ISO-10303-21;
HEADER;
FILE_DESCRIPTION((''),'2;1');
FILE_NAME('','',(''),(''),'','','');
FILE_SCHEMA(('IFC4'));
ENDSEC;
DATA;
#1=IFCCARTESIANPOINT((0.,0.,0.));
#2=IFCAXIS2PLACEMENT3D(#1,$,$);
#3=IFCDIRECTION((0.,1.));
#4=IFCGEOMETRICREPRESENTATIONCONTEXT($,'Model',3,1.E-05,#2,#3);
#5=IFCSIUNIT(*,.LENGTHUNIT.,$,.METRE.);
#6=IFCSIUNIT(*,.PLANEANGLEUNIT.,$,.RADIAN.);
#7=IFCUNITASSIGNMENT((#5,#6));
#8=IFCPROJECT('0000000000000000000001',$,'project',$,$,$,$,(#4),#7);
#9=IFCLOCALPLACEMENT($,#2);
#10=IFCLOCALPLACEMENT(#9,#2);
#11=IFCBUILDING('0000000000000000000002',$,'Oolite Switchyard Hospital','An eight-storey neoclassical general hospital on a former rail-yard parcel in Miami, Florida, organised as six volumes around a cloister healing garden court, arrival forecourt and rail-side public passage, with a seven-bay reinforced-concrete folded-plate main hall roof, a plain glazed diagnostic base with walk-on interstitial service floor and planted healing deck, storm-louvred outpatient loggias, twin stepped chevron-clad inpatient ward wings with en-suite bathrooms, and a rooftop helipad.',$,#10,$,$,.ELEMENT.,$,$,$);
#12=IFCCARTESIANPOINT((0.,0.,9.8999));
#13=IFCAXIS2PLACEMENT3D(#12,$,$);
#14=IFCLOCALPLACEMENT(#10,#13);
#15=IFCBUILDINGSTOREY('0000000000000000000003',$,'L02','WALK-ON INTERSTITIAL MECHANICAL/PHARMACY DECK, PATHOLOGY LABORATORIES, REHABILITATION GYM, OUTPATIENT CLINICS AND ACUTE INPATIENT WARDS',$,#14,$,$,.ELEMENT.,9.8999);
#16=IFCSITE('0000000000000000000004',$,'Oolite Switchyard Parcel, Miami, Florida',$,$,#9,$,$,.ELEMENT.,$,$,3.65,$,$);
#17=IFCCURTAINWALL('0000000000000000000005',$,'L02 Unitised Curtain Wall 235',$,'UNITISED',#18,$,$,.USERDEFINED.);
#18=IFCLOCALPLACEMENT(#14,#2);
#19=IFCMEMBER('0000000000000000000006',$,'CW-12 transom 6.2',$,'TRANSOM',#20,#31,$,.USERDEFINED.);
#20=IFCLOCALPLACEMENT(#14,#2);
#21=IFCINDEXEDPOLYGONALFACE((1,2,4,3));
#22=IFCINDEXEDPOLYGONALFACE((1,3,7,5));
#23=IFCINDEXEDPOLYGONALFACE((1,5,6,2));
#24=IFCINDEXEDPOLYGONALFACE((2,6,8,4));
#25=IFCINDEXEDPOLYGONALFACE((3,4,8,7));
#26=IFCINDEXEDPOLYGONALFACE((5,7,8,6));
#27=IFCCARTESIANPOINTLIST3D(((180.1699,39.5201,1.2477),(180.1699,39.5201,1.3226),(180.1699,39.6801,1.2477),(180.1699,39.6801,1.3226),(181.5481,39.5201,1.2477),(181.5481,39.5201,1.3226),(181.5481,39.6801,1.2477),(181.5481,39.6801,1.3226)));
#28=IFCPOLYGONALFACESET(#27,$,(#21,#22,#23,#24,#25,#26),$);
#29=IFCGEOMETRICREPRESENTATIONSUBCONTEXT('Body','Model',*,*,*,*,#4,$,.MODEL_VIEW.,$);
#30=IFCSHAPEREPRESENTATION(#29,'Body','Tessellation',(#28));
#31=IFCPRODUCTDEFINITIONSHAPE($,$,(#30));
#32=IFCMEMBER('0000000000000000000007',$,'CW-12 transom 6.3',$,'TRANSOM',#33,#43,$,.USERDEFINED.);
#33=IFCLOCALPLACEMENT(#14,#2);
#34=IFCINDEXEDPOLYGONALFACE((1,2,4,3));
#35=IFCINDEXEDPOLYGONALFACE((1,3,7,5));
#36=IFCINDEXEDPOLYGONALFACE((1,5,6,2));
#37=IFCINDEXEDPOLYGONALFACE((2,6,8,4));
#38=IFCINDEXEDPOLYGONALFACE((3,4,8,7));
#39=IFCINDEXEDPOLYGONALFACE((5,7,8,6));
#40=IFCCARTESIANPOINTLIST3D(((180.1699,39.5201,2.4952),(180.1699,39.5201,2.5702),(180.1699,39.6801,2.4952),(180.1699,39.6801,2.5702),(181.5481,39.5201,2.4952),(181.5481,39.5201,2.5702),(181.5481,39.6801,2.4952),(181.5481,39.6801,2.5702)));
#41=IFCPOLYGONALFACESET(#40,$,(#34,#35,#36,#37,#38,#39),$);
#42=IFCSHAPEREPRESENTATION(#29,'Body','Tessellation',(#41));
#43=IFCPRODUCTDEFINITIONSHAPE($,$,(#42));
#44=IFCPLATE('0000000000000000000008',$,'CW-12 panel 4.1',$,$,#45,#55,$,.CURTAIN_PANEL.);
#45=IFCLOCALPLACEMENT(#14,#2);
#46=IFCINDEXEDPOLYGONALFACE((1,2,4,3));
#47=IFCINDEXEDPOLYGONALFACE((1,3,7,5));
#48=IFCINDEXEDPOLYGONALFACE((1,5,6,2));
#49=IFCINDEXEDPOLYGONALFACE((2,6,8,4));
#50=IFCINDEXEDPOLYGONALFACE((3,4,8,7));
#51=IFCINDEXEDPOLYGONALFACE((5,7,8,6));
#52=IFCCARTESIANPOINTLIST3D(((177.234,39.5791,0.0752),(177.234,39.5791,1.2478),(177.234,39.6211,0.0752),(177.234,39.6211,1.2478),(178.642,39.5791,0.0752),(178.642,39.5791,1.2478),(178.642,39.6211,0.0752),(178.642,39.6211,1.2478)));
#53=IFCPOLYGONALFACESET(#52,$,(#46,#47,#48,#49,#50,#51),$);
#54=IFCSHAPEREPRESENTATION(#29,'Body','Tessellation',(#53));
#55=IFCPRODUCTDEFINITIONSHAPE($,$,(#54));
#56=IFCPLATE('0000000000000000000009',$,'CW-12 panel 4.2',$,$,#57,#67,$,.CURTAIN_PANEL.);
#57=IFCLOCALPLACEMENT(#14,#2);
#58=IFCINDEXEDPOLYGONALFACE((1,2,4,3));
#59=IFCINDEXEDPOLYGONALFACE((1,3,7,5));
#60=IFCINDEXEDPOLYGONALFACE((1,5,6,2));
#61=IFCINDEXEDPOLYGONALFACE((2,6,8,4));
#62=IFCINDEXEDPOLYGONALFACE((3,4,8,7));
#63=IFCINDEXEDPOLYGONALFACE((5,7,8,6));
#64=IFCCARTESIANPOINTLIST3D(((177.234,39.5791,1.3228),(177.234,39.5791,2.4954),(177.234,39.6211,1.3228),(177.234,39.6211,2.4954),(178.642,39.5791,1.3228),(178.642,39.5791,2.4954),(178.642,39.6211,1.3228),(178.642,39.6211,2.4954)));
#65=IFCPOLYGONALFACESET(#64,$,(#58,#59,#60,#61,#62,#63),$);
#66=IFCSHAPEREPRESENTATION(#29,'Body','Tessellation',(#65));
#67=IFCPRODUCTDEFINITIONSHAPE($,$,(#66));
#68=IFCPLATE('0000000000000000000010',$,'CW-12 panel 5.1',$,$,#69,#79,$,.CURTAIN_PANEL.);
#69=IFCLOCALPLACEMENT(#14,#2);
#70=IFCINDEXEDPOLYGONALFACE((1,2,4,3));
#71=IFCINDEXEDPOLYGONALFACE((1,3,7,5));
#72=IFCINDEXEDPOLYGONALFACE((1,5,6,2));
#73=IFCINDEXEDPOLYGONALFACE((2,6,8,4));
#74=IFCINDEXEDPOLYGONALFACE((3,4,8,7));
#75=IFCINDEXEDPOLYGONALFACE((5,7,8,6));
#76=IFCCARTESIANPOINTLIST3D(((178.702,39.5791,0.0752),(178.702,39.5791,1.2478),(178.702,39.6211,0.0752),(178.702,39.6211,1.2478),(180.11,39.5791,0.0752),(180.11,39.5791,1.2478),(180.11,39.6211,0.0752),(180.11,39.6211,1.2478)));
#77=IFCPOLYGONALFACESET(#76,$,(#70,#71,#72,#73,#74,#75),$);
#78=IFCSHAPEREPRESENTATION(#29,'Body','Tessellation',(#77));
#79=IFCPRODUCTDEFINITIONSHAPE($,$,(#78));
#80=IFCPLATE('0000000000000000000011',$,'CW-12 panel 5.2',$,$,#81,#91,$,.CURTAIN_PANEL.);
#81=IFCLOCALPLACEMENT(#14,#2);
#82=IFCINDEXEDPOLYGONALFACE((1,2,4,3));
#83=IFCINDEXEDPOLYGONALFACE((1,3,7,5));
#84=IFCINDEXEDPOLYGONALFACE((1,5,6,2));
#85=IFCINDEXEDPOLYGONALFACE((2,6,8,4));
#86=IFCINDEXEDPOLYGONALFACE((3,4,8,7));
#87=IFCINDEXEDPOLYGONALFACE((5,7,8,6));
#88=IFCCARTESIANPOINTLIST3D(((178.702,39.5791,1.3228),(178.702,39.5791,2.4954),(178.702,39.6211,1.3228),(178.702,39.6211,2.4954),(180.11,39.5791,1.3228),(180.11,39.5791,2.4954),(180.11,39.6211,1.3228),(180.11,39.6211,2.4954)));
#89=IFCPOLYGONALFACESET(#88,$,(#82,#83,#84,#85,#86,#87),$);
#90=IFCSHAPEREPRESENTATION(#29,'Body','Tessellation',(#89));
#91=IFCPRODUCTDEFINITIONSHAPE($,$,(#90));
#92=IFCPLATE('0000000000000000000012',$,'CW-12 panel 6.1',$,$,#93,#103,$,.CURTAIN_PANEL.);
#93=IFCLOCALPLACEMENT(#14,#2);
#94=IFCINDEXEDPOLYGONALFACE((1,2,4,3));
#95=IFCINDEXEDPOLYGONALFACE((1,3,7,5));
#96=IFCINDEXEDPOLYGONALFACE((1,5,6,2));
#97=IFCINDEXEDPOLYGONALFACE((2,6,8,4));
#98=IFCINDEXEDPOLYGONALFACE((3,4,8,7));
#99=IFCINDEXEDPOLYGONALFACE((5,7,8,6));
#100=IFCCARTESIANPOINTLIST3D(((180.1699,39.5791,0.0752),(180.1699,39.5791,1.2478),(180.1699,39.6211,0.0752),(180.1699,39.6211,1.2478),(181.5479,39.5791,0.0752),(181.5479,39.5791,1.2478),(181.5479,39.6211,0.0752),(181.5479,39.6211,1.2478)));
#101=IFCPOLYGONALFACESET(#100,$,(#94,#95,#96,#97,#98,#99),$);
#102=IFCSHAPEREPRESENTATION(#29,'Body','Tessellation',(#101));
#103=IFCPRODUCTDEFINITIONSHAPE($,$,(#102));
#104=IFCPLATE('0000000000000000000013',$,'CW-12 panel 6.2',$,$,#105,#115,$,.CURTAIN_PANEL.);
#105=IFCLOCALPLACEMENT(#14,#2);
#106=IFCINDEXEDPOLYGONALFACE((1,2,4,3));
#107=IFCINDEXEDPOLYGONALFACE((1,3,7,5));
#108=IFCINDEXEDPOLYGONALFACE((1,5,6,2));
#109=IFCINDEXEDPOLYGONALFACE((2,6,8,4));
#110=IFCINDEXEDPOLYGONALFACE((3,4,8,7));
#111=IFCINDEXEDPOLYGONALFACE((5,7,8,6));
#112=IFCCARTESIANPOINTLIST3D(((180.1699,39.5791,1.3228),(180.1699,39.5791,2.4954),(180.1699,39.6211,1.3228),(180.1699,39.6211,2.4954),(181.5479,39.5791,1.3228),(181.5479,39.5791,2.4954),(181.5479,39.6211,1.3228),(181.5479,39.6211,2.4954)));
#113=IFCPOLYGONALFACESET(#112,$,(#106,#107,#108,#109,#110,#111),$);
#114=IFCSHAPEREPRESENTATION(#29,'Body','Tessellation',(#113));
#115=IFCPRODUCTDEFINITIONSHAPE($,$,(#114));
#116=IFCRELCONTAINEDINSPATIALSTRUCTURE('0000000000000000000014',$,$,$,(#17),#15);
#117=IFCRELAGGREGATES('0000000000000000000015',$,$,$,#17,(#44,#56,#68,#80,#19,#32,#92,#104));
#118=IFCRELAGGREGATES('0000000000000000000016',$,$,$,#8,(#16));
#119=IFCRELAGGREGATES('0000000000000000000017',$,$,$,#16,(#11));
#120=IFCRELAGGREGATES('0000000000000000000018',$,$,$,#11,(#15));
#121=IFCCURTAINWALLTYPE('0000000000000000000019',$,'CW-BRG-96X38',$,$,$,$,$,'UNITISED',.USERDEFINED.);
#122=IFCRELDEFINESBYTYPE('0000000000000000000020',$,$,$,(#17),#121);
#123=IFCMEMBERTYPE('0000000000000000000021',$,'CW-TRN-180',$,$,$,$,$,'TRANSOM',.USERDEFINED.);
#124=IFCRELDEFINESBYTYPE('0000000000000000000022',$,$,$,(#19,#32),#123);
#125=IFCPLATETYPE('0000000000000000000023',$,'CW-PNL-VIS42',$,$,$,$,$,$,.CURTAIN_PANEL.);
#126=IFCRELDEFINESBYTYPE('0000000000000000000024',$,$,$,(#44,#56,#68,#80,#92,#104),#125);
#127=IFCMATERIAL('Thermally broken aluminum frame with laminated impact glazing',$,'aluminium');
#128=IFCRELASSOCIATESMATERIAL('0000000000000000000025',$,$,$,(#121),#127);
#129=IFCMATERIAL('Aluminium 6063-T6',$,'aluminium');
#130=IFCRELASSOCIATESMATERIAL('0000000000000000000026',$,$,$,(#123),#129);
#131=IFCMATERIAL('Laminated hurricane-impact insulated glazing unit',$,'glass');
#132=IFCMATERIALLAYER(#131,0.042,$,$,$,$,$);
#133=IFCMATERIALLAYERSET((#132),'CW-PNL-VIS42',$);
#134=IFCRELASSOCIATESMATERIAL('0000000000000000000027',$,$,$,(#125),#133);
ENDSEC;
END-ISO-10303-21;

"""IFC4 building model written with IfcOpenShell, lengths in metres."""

from ifc_helpers import new_model, si_unit, direction, frame, origin, origin_2d, place, context, subcontext, project, spatial, rectangle, extrude, material, layer, layer_set, material_profile, profile_set, type_object, element, aggregate, save


model = new_model("IFC4")

# Units and contexts
model_context = context("Model", 3, precision=1e-05, world=origin(), true_north=direction((0.0, 1.0)))
body_context = subcontext(model_context, "Body", "Model", "MODEL_VIEW")
ifc_project = project(units=[si_unit("LENGTHUNIT", "METRE"), si_unit("PLANEANGLEUNIT", "RADIAN")], contexts=[model_context])

# Site, building, storey
site_placement = place(None, origin())
site = spatial("IfcSite", under=ifc_project, at=site_placement, Name="Oolite Switchyard Parcel, Miami, Florida", CompositionType="ELEMENT", RefElevation=3.65)
building_placement = place(site_placement, origin())
building = spatial("IfcBuilding", under=site, at=building_placement, Name="Oolite Switchyard Hospital", Description="An eight-storey neoclassical general hospital on a former rail-yard parcel in Miami, Florida, organised as six volumes around a cloister healing garden court, arrival forecourt and rail-side public passage, with a seven-bay reinforced-concrete folded-plate main hall roof, a plain glazed diagnostic base with walk-on interstitial service floor and planted healing deck, storm-louvred outpatient loggias, twin stepped chevron-clad inpatient ward wings with en-suite bathrooms, and a rooftop helipad.", CompositionType="ELEMENT")
storey_placement = place(building_placement, frame((0.0, 0.0, 9.8999)))
storey = spatial("IfcBuildingStorey", under=building, at=storey_placement, Name="L02", Description="WALK-ON INTERSTITIAL MECHANICAL/PHARMACY DECK, PATHOLOGY LABORATORIES, REHABILITATION GYM, OUTPATIENT CLINICS AND ACUTE INPATIENT WARDS", CompositionType="ELEMENT", Elevation=9.8999)

# Curtain wall
ifc_material_1 = material(Name="Thermally broken aluminum frame with laminated impact glazing", Category="aluminium")
curtain_wall_type = type_object("IfcCurtainWallType", Name="CW-BRG-96X38", ElementType="UNITISED", PredefinedType="USERDEFINED", material=ifc_material_1)
curtain_wall_1_placement = place(storey_placement, origin())
curtain_wall_1 = element("IfcCurtainWall", 1, at=curtain_wall_1_placement, inside=storey, type_object=curtain_wall_type, Name="L02 Unitised Curtain Wall 235", ObjectType="UNITISED", PredefinedType="USERDEFINED")
ifc_material_2 = material(Name="Aluminium 6063-T6", Category="aluminium")

# Members
ifc_material_profile_1 = material_profile(ifc_material_2, rectangle(XDim=0.1599, YDim=0.075, at=origin_2d()), Name="CWT75X160")
ifc_profile_set_1 = profile_set([ifc_material_profile_1], Name="Aluminium 6063-T6")
member_type_1 = type_object("IfcMemberType", Name="CW-TRN-180", ElementType="TRANSOM", PredefinedType="USERDEFINED", material=ifc_profile_set_1)
member_1_placement = place(storey_placement, frame((180.1699, 39.6001, 1.2852), z_axis=(1.0, 0.0, 0.0), x_axis=(0.0, 1.0, 0.0)))
member_1 = element("IfcMember", 2, at=member_1_placement, type_object=member_type_1, Name="CW-12 transom 6.2", ObjectType="TRANSOM", PredefinedType="USERDEFINED", context=body_context, shape_type="SweptSolid", body=[
    extrude(rectangle(XDim=0.1599, YDim=0.075, at=origin_2d()), origin(), (0.0, 0.0, 1.0), 1.3782),
])
member_2_placement = place(storey_placement, frame((180.1699, 39.6001, 2.5327), z_axis=(1.0, 0.0, 0.0), x_axis=(0.0, 1.0, 0.0)))
member_2 = element("IfcMember", 3, at=member_2_placement, type_object=member_type_1, Name="CW-12 transom 6.3", ObjectType="TRANSOM", PredefinedType="USERDEFINED", context=body_context, shape_type="SweptSolid", body=[
    extrude(rectangle(XDim=0.1599, YDim=0.075, at=origin_2d()), origin(), (0.0, 0.0, 1.0), 1.3782),
])

# Plates
ifc_material_3 = material(Name="Laminated hurricane-impact insulated glazing unit", Category="glass")
ifc_layer = layer(ifc_material_3, 0.042)
ifc_layer_set = layer_set([ifc_layer], Name="CW-PNL-VIS42")
plate_type = type_object("IfcPlateType", Name="CW-PNL-VIS42", PredefinedType="CURTAIN_PANEL", material=ifc_layer_set)
plate_1_placement = place(storey_placement, frame((177.938, 39.6001, 0.0752), z_axis=(0.0, 0.0, 1.0), x_axis=(1.0, 0.0, 0.0)))
plate_1 = element("IfcPlate", 4, at=plate_1_placement, type_object=plate_type, Name="CW-12 panel 4.1", PredefinedType="CURTAIN_PANEL", context=body_context, shape_type="SweptSolid", body=[
    extrude(rectangle(XDim=1.408, YDim=0.042, at=origin_2d()), origin(), (0.0, 0.0, 1.0), 1.1726),
])
plate_2_placement = place(storey_placement, frame((177.938, 39.6001, 1.3228), z_axis=(0.0, 0.0, 1.0), x_axis=(1.0, 0.0, 0.0)))
plate_2 = element("IfcPlate", 5, at=plate_2_placement, type_object=plate_type, Name="CW-12 panel 4.2", PredefinedType="CURTAIN_PANEL", context=body_context, shape_type="SweptSolid", body=[
    extrude(rectangle(XDim=1.408, YDim=0.042, at=origin_2d()), origin(), (0.0, 0.0, 1.0), 1.1726),
])
plate_3_placement = place(storey_placement, frame((179.406, 39.6001, 0.0752), z_axis=(0.0, 0.0, 1.0), x_axis=(1.0, 0.0, 0.0)))
plate_3 = element("IfcPlate", 6, at=plate_3_placement, type_object=plate_type, Name="CW-12 panel 5.1", PredefinedType="CURTAIN_PANEL", context=body_context, shape_type="SweptSolid", body=[
    extrude(rectangle(XDim=1.408, YDim=0.042, at=origin_2d()), origin(), (0.0, 0.0, 1.0), 1.1726),
])
plate_4_placement = place(storey_placement, frame((179.406, 39.6001, 1.3228), z_axis=(0.0, 0.0, 1.0), x_axis=(1.0, 0.0, 0.0)))
plate_4 = element("IfcPlate", 7, at=plate_4_placement, type_object=plate_type, Name="CW-12 panel 5.2", PredefinedType="CURTAIN_PANEL", context=body_context, shape_type="SweptSolid", body=[
    extrude(rectangle(XDim=1.408, YDim=0.042, at=origin_2d()), origin(), (0.0, 0.0, 1.0), 1.1726),
])
plate_5_placement = place(storey_placement, frame((180.8589, 39.6001, 0.0752), z_axis=(0.0, 0.0, 1.0), x_axis=(1.0, 0.0, 0.0)))
plate_5 = element("IfcPlate", 8, at=plate_5_placement, type_object=plate_type, Name="CW-12 panel 6.1", PredefinedType="CURTAIN_PANEL", context=body_context, shape_type="SweptSolid", body=[
    extrude(rectangle(XDim=1.3779, YDim=0.042, at=origin_2d()), origin(), (0.0, 0.0, 1.0), 1.1726),
])
plate_6_placement = place(storey_placement, frame((180.8589, 39.6001, 1.3228), z_axis=(0.0, 0.0, 1.0), x_axis=(1.0, 0.0, 0.0)))
plate_6 = element("IfcPlate", 9, at=plate_6_placement, type_object=plate_type, Name="CW-12 panel 6.2", PredefinedType="CURTAIN_PANEL", context=body_context, shape_type="SweptSolid", body=[
    extrude(rectangle(XDim=1.3779, YDim=0.042, at=origin_2d()), origin(), (0.0, 0.0, 1.0), 1.1726),
])
aggregate(curtain_wall_1, [plate_1, plate_2, plate_3, plate_4, member_1, member_2, plate_5, plate_6])

save(model, "model.ifc")
